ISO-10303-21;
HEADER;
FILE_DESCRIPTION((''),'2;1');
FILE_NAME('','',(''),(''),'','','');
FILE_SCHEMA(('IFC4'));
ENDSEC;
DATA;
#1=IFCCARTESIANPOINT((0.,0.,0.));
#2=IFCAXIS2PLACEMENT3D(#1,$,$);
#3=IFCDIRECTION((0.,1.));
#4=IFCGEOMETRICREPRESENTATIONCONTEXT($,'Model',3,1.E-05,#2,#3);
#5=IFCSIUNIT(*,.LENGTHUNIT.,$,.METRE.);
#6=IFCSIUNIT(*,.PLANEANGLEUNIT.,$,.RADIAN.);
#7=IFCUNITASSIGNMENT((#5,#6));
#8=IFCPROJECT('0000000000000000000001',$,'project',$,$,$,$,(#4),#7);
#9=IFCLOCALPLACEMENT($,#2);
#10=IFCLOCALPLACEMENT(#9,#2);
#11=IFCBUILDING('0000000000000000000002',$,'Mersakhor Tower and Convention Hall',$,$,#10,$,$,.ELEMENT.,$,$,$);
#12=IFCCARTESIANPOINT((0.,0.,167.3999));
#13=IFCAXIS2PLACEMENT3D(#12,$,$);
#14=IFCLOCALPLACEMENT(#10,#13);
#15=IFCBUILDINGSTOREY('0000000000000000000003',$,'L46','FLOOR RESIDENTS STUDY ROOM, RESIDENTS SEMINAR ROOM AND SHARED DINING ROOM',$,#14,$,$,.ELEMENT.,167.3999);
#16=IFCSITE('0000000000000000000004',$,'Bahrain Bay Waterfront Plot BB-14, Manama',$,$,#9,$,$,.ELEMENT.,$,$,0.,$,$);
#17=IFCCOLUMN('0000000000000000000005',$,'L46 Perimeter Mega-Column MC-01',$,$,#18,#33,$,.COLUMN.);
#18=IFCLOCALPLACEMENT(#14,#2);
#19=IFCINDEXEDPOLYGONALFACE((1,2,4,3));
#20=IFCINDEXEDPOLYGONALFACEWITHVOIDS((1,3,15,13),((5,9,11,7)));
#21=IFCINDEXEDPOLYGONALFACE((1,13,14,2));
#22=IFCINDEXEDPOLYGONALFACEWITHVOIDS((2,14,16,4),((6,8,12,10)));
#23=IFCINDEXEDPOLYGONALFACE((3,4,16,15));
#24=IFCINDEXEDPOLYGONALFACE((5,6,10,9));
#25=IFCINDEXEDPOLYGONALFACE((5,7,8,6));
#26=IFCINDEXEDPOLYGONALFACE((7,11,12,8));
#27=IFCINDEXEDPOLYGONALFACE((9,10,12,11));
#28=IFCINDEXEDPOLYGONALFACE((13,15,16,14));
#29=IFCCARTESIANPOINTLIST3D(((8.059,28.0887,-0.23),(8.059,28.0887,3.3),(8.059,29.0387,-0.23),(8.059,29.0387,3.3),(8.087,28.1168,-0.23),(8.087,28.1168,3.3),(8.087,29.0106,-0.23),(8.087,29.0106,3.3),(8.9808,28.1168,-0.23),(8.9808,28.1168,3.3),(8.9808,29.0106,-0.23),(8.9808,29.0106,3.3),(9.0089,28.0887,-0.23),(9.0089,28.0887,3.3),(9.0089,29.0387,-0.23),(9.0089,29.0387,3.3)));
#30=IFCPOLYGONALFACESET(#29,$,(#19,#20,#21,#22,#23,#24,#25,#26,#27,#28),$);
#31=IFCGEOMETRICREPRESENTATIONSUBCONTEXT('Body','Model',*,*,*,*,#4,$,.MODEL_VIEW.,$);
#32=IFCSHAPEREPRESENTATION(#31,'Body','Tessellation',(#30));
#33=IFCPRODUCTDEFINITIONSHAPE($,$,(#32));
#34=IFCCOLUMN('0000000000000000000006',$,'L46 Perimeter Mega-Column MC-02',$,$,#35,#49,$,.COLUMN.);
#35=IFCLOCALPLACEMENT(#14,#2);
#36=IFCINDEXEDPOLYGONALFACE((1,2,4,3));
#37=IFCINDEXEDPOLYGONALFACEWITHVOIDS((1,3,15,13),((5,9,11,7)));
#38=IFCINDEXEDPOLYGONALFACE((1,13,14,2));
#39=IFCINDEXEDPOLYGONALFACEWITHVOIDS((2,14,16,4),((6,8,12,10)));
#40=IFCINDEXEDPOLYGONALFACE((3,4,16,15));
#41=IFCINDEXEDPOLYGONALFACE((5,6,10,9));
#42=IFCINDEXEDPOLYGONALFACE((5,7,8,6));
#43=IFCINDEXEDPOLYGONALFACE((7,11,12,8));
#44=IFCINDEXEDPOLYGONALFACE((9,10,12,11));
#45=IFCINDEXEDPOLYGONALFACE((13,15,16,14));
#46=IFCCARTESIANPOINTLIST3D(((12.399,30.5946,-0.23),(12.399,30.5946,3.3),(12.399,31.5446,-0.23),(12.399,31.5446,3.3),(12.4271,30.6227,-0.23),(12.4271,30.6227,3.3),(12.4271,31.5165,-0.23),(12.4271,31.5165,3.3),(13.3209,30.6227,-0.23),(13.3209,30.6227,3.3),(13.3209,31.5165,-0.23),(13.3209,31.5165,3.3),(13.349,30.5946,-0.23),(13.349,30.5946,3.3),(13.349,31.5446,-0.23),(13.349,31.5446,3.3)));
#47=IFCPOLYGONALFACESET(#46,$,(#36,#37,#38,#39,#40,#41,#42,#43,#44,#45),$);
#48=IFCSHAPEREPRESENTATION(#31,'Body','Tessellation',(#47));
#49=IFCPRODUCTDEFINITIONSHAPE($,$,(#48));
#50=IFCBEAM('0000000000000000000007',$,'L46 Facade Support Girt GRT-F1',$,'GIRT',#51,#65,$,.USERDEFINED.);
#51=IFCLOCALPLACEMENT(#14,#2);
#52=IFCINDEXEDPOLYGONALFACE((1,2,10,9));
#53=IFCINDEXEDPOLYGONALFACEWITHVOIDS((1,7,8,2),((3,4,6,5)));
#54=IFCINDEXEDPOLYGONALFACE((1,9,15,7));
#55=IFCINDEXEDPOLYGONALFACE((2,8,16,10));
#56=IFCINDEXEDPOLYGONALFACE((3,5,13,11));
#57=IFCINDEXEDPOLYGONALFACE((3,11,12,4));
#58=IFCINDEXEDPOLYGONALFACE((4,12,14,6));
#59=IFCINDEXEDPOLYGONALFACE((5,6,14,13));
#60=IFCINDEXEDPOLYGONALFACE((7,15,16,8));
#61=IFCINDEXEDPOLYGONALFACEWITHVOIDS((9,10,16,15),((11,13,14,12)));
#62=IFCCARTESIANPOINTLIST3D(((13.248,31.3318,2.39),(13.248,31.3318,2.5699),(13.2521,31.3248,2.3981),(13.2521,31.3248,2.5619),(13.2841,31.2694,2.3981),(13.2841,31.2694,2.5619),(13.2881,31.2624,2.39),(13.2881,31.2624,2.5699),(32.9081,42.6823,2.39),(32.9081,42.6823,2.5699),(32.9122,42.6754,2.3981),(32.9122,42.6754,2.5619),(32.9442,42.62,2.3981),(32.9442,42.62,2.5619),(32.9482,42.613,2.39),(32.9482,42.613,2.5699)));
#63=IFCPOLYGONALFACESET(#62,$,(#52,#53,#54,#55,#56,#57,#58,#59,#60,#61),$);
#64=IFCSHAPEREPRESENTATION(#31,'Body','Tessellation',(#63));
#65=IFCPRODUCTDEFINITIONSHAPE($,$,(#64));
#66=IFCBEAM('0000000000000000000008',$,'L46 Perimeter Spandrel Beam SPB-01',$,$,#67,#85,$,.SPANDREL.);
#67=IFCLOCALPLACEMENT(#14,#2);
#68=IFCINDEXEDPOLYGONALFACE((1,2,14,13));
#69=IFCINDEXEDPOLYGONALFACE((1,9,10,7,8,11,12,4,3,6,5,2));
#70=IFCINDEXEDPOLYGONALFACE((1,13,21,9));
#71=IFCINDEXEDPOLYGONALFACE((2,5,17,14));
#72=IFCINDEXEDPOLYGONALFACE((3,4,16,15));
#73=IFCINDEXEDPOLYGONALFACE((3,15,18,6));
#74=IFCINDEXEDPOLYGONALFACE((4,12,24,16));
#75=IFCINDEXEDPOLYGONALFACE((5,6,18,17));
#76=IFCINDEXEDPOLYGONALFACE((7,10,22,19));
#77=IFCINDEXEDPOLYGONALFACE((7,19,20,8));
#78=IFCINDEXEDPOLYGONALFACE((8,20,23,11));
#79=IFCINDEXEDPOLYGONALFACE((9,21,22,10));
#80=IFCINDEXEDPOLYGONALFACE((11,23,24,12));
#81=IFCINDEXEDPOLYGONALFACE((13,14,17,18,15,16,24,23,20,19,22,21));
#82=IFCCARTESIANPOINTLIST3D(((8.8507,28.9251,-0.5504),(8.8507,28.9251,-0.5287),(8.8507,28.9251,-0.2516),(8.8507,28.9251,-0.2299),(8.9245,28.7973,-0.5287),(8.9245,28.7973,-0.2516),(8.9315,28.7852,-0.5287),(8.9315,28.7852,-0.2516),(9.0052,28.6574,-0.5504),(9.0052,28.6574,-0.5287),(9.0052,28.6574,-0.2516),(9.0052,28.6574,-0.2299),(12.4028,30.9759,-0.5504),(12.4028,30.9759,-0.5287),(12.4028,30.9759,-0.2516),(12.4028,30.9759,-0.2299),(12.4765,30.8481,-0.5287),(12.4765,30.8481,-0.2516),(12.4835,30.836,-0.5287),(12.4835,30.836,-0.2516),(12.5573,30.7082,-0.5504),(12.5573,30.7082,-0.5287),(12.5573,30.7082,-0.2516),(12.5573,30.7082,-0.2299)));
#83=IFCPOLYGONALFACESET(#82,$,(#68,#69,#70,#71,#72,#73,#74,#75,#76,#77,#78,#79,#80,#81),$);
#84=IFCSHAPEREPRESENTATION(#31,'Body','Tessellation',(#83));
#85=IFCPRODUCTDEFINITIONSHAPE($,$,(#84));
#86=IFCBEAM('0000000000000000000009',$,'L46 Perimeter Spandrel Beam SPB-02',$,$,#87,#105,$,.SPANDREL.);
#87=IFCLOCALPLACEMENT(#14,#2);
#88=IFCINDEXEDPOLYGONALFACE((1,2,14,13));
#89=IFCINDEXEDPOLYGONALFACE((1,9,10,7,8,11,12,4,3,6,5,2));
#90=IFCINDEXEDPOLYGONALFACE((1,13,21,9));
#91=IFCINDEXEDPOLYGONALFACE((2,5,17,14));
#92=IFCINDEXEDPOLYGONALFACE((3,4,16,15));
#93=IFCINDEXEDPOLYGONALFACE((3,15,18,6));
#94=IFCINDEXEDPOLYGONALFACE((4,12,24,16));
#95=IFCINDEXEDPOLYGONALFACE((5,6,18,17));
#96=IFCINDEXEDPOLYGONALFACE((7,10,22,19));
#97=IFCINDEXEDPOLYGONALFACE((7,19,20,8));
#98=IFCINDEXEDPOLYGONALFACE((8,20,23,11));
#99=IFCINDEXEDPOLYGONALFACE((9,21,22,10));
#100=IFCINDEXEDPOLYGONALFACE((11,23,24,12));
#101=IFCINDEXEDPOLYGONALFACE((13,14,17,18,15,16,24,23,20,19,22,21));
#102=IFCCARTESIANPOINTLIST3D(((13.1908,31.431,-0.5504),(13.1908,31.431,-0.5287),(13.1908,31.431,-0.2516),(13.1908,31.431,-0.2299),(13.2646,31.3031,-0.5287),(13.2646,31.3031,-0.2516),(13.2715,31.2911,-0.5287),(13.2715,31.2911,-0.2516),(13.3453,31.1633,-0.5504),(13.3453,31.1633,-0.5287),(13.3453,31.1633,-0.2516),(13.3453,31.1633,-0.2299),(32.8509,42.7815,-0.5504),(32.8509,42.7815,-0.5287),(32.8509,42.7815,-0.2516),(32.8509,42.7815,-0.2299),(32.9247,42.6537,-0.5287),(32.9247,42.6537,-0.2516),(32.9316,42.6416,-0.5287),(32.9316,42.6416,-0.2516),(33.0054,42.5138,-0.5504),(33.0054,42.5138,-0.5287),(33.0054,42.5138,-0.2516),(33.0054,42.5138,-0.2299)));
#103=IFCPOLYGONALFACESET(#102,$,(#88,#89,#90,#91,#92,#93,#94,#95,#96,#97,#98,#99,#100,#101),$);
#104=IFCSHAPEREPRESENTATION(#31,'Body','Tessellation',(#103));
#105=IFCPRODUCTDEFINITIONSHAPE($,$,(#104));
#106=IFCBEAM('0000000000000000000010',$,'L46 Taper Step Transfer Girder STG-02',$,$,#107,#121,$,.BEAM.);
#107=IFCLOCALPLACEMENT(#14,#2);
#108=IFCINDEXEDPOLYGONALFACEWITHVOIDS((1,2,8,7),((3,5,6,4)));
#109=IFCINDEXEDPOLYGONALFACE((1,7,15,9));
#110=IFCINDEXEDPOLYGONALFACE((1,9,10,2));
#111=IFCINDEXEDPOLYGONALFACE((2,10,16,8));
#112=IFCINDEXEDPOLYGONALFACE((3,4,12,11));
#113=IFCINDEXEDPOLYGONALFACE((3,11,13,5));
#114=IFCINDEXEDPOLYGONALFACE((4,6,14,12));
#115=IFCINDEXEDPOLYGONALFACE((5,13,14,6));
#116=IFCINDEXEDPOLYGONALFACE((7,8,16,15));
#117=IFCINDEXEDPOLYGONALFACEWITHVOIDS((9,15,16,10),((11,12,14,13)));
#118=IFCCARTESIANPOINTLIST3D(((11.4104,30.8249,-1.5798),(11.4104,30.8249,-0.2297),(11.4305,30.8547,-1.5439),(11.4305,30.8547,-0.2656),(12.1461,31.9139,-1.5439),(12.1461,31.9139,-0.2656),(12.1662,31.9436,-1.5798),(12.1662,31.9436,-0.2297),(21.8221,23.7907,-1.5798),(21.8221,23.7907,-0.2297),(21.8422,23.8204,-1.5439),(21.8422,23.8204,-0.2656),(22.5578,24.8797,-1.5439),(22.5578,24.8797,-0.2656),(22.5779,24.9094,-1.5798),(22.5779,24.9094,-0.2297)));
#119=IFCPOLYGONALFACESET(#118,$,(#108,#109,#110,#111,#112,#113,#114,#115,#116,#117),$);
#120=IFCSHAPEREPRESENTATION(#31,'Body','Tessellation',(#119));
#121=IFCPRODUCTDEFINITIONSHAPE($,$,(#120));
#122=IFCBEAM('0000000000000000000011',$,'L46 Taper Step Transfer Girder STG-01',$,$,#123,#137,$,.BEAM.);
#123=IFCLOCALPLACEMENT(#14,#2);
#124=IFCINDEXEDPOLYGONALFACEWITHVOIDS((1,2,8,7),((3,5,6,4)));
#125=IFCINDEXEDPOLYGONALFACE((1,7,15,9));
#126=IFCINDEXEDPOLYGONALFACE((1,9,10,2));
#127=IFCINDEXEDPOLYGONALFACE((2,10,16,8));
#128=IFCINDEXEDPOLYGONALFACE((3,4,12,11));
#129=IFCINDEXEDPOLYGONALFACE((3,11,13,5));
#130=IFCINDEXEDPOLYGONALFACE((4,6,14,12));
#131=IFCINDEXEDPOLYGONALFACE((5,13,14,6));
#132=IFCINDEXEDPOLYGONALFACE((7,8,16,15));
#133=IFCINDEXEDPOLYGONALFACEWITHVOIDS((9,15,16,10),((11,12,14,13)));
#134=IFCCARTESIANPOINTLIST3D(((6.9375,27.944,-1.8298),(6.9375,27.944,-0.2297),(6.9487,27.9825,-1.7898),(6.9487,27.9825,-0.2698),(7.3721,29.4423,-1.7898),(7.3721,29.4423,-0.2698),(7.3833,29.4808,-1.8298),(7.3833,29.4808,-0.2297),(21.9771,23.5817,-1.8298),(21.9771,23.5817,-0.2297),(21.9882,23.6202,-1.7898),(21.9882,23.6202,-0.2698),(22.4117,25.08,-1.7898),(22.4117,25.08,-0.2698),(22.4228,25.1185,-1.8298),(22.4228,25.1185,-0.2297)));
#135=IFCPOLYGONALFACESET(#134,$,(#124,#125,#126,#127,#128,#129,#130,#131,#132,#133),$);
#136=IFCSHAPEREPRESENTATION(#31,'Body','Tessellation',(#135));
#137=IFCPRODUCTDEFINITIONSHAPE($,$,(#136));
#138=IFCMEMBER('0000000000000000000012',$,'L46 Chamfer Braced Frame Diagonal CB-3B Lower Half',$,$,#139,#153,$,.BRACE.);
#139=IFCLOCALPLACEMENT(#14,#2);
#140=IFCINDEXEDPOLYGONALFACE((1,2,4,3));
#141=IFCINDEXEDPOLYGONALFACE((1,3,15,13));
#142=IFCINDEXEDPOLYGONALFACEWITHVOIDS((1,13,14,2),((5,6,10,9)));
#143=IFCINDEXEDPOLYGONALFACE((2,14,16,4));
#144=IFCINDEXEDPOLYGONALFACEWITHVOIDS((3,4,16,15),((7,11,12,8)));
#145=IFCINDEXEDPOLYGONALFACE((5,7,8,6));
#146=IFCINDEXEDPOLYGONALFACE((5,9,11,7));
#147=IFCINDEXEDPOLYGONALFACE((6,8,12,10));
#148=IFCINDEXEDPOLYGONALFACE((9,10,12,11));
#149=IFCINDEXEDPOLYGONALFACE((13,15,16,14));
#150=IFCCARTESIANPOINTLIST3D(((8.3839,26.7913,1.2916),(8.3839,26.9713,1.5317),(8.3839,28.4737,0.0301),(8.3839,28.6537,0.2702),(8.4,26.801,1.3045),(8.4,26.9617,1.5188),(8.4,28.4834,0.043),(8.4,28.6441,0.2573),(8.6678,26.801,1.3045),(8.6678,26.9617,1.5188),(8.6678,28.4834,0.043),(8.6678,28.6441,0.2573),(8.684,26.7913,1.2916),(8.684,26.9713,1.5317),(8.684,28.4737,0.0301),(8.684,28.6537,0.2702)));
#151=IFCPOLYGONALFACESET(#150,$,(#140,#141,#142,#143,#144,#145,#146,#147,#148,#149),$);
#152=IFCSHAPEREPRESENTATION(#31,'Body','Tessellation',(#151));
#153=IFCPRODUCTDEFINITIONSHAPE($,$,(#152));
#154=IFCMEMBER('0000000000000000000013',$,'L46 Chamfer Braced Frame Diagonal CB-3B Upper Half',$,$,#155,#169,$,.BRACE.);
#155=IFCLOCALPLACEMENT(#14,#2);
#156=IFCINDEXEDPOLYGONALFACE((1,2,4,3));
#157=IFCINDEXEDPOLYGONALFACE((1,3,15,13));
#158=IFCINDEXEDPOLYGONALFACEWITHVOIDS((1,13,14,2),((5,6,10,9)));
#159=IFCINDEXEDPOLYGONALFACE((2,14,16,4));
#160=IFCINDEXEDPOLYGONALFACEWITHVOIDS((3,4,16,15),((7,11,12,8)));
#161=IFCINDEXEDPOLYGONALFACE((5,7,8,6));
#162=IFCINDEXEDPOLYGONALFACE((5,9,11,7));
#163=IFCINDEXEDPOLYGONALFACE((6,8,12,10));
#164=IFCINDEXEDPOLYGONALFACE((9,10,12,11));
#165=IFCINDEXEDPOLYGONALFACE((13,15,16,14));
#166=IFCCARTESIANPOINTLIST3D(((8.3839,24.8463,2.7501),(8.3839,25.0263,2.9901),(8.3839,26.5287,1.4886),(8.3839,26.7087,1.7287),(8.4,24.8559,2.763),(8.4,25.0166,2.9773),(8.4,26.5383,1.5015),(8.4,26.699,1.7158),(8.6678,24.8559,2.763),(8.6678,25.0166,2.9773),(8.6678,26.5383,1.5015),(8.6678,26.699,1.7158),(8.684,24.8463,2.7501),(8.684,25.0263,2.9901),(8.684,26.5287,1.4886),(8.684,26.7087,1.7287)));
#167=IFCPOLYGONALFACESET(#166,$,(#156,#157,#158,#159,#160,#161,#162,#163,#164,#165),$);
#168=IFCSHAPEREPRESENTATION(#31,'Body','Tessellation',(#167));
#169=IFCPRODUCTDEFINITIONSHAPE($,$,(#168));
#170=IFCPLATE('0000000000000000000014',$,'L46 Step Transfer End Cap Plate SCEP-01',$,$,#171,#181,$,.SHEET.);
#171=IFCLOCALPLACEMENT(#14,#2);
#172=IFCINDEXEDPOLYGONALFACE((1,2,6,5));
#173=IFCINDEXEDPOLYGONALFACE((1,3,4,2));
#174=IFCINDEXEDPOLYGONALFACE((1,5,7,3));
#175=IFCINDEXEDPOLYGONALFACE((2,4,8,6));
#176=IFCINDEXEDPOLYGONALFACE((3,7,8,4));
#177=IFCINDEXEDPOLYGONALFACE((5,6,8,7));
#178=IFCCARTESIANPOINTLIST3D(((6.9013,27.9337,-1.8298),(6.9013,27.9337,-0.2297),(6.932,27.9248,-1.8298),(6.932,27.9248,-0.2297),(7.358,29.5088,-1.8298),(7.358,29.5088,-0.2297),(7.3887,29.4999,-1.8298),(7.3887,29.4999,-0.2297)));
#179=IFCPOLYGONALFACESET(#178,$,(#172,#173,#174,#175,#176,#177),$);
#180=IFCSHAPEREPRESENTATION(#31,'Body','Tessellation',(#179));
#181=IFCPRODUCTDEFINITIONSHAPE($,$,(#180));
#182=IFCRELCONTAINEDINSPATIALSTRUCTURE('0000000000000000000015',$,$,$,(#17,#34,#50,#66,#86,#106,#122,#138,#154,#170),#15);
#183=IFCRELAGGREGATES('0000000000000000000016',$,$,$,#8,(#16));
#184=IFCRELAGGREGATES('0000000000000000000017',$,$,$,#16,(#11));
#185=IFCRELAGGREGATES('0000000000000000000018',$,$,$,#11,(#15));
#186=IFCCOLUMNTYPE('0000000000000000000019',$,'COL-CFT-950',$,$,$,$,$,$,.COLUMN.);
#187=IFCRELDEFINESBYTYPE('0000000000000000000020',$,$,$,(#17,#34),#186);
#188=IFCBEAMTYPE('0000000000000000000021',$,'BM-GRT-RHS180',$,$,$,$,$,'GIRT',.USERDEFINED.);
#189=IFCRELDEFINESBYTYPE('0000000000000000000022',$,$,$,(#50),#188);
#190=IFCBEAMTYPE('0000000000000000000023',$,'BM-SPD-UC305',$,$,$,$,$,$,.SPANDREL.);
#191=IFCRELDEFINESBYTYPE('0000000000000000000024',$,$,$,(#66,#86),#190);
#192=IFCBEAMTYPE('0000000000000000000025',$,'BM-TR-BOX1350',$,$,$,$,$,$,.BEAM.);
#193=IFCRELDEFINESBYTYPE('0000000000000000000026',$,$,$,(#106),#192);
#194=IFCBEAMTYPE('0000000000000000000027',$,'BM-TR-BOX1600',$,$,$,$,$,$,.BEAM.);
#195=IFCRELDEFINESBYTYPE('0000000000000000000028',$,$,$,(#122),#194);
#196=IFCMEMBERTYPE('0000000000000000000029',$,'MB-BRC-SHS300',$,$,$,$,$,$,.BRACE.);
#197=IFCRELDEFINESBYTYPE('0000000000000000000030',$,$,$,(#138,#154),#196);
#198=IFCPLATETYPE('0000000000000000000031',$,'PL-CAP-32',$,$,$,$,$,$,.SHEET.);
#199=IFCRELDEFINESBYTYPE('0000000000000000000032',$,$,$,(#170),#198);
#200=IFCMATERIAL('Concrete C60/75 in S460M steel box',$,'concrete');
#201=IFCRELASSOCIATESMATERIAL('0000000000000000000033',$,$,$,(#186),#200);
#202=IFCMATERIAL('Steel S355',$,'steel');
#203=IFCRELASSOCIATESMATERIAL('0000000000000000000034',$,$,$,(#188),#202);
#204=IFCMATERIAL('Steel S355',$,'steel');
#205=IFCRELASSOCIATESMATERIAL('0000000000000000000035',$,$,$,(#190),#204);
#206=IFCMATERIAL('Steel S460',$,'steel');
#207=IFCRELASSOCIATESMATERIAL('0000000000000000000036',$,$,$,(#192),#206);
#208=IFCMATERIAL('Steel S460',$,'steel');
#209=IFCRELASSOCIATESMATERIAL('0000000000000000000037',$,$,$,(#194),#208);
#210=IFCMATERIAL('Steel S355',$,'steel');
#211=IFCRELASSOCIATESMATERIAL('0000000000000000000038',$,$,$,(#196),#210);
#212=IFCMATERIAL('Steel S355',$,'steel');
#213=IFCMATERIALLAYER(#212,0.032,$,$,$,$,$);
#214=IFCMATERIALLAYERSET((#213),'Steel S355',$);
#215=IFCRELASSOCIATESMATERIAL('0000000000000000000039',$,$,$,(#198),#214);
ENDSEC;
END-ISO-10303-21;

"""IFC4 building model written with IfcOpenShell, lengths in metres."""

from ifc_helpers import new_model, si_unit, direction, frame, origin, origin_2d, place, context, subcontext, project, spatial, rectangle, hollow_rectangle, i_section, extrude, material, layer, layer_set, material_profile, profile_set, type_object, element, save


model = new_model("IFC4")

# Units and contexts
model_context = context("Model", 3, precision=1e-05, world=origin(), true_north=direction((0.0, 1.0)))
body_context = subcontext(model_context, "Body", "Model", "MODEL_VIEW")
ifc_project = project(units=[si_unit("LENGTHUNIT", "METRE"), si_unit("PLANEANGLEUNIT", "RADIAN")], contexts=[model_context])

# Site, building, storey
site_placement = place(None, origin())
site = spatial("IfcSite", under=ifc_project, at=site_placement, Name="Bahrain Bay Waterfront Plot BB-14, Manama", CompositionType="ELEMENT", RefElevation=0.0)
building_placement = place(site_placement, origin())
building = spatial("IfcBuilding", under=site, at=building_placement, Name="Mersakhor Tower and Convention Hall", CompositionType="ELEMENT")
storey_placement = place(building_placement, frame((0.0, 0.0, 167.3999)))
storey = spatial("IfcBuildingStorey", under=building, at=storey_placement, Name="L46", Description="FLOOR RESIDENTS STUDY ROOM, RESIDENTS SEMINAR ROOM AND SHARED DINING ROOM", CompositionType="ELEMENT", Elevation=167.3999)

# Columns
ifc_material_1 = material(Name="Concrete C60/75 in S460M steel box", Category="concrete")
ifc_material_profile_1 = material_profile(ifc_material_1, hollow_rectangle(XDim=0.95, YDim=0.95, WallThickness=0.0281, at=origin_2d()), Name="SHS 950x950x28")
ifc_profile_set_1 = profile_set([ifc_material_profile_1], Name="Concrete C60/75 in S460M steel box")
column_type = type_object("IfcColumnType", Name="COL-CFT-950", PredefinedType="COLUMN", material=ifc_profile_set_1)
for number, where, z_axis, x_axis, name in (
    (1, (8.5339, 28.5637, -0.23), (0.0, 0.0, 1.0), (1.0, 0.0, 0.0), "L46 Perimeter Mega-Column MC-01"),
    (2, (12.874, 31.0696, -0.23), (0.0, 0.0, 1.0), (1.0, 0.0, 0.0), "L46 Perimeter Mega-Column MC-02"),
):
    element("IfcColumn", number, at=place(storey_placement, frame(where, z_axis=z_axis, x_axis=x_axis)), inside=storey, type_object=column_type, Name=name, PredefinedType="COLUMN", context=body_context, shape_type="SweptSolid", body=[
        extrude(hollow_rectangle(XDim=0.95, YDim=0.95, WallThickness=0.0281, at=origin_2d()), origin(), (0.0, 0.0, 1.0), 3.53),
    ])

# Beams
ifc_material_2 = material(Name="Steel S355", Category="steel")
ifc_material_profile_2 = material_profile(ifc_material_2, hollow_rectangle(XDim=0.0801, YDim=0.1799, WallThickness=0.0081, at=origin_2d()), Name="RHS 180x80x8")
ifc_profile_set_2 = profile_set([ifc_material_profile_2], Name="Steel S355")
beam_type_1 = type_object("IfcBeamType", Name="BM-GRT-RHS180", ElementType="GIRT", PredefinedType="USERDEFINED", material=ifc_profile_set_2)
beam_1_placement = place(storey_placement, frame((13.2681, 31.2971, 2.48), z_axis=(0.866029, 0.499993, 0.0), x_axis=(-0.499993, 0.866029, 0.0)))
element("IfcBeam", 3, at=beam_1_placement, inside=storey, type_object=beam_type_1, Name="L46 Facade Support Girt GRT-F1", ObjectType="GIRT", PredefinedType="USERDEFINED", context=body_context, shape_type="SweptSolid", body=[
    extrude(hollow_rectangle(XDim=0.0801, YDim=0.1799, WallThickness=0.0081, at=origin_2d()), origin(), (0.0, 0.0, 1.0), 22.7014),
])
ifc_material_3 = material(Name="Steel S355", Category="steel")
ifc_material_profile_3 = material_profile(ifc_material_3, i_section(OverallWidth=0.3091, OverallDepth=0.3206, WebThickness=0.0139, FlangeThickness=0.0217, at=origin_2d()), Name="UC 305x305x137")
ifc_profile_set_3 = profile_set([ifc_material_profile_3], Name="Steel S355")
beam_type_2 = type_object("IfcBeamType", Name="BM-SPD-UC305", PredefinedType="SPANDREL", material=ifc_profile_set_3)
beam_2_placement = place(storey_placement, frame((8.928, 28.7913, -0.3901), z_axis=(0.866022, 0.500006, 0.0), x_axis=(-0.500006, 0.866022, 0.0)))
element("IfcBeam", 4, at=beam_2_placement, inside=storey, type_object=beam_type_2, Name="L46 Perimeter Spandrel Beam SPB-01", PredefinedType="SPANDREL", context=body_context, shape_type="SweptSolid", body=[
    extrude(i_section(OverallWidth=0.3091, OverallDepth=0.3206, WebThickness=0.0139, FlangeThickness=0.0217, at=origin_2d()), origin(), (0.0, 0.0, 1.0), 4.1016),
])
beam_3_placement = place(storey_placement, frame((13.2681, 31.2971, -0.3901), z_axis=(0.866029, 0.499993, 0.0), x_axis=(-0.499993, 0.866029, 0.0)))
element("IfcBeam", 5, at=beam_3_placement, inside=storey, type_object=beam_type_2, Name="L46 Perimeter Spandrel Beam SPB-02", PredefinedType="SPANDREL", context=body_context, shape_type="SweptSolid", body=[
    extrude(i_section(OverallWidth=0.3091, OverallDepth=0.3206, WebThickness=0.0139, FlangeThickness=0.0217, at=origin_2d()), origin(), (0.0, 0.0, 1.0), 22.7014),
])
ifc_material_4 = material(Name="Steel S460", Category="steel")
ifc_material_profile_4 = material_profile(ifc_material_4, hollow_rectangle(XDim=1.3501, YDim=1.3501, WallThickness=0.0359, at=origin_2d()), Name="SHS 1350x1350x36")
ifc_profile_set_4 = profile_set([ifc_material_profile_4], Name="Steel S460")
beam_type_3 = type_object("IfcBeamType", Name="BM-TR-BOX1350", PredefinedType="BEAM", material=ifc_profile_set_4)
beam_4_placement = place(storey_placement, frame((11.7883, 31.3843, -0.9048), z_axis=(0.828615, -0.559819, 0.0), x_axis=(0.559819, 0.828615, 0.0)))
element("IfcBeam", 6, at=beam_4_placement, inside=storey, type_object=beam_type_3, Name="L46 Taper Step Transfer Girder STG-02", PredefinedType="BEAM", context=body_context, shape_type="SweptSolid", body=[
    extrude(hollow_rectangle(XDim=1.3501, YDim=1.3501, WallThickness=0.0359, at=origin_2d()), origin(), (0.0, 0.0, 1.0), 12.5652),
])
ifc_material_5 = material(Name="Steel S460", Category="steel")
ifc_material_profile_5 = material_profile(ifc_material_5, hollow_rectangle(XDim=1.6001, YDim=1.6001, WallThickness=0.04, at=origin_2d()), Name="SHS 1600x1600x40")
ifc_profile_set_5 = profile_set([ifc_material_profile_5], Name="Steel S460")
beam_type_4 = type_object("IfcBeamType", Name="BM-TR-BOX1600", PredefinedType="BEAM", material=ifc_profile_set_5)
beam_5_placement = place(storey_placement, frame((7.1604, 28.7124, -1.0298), z_axis=(0.960415, -0.278574, 0.0), x_axis=(0.278574, 0.960415, 0.0)))
element("IfcBeam", 7, at=beam_5_placement, inside=storey, type_object=beam_type_4, Name="L46 Taper Step Transfer Girder STG-01", PredefinedType="BEAM", context=body_context, shape_type="SweptSolid", body=[
    extrude(hollow_rectangle(XDim=1.6001, YDim=1.6001, WallThickness=0.04, at=origin_2d()), origin(), (0.0, 0.0, 1.0), 15.6594),
])

# Members
ifc_material_6 = material(Name="Steel S355", Category="steel")
ifc_material_profile_6 = material_profile(ifc_material_6, hollow_rectangle(XDim=0.3, YDim=0.3, WallThickness=0.0161, at=origin_2d()), Name="SHS 300x300x16")
ifc_profile_set_6 = profile_set([ifc_material_profile_6], Name="Steel S355")
member_type = type_object("IfcMemberType", Name="MB-BRC-SHS300", PredefinedType="BRACE", material=ifc_profile_set_6)
for number, where, z_axis, x_axis, name in (
    (8, (8.5339, 28.5637, 0.1501), (0.0, -0.80007, 0.599907), (1.0, 0.0, 0.0), "L46 Chamfer Braced Frame Diagonal CB-3B Lower Half"),
    (9, (8.5339, 26.6187, 1.6086), (0.0, -0.80007, 0.599907), (1.0, 0.0, 0.0), "L46 Chamfer Braced Frame Diagonal CB-3B Upper Half"),
):
    element("IfcMember", number, at=place(storey_placement, frame(where, z_axis=z_axis, x_axis=x_axis)), inside=storey, type_object=member_type, Name=name, PredefinedType="BRACE", context=body_context, shape_type="SweptSolid", body=[
        extrude(hollow_rectangle(XDim=0.3, YDim=0.3, WallThickness=0.0161, at=origin_2d()), origin(), (0.0, 0.0, 1.0), 2.1028),
    ])

# Plate
ifc_material_7 = material(Name="Steel S355", Category="steel")
ifc_layer_1 = layer(ifc_material_7, 0.032)
ifc_layer_set_1 = layer_set([ifc_layer_1], Name="Steel S355")
plate_type_1 = type_object("IfcPlateType", Name="PL-CAP-32", PredefinedType="SHEET", material=ifc_layer_set_1)
plate_1_placement = place(storey_placement, frame((7.145, 28.7168, -1.8298), z_axis=(0.0, 0.0, 1.0), x_axis=(0.96044, -0.278488, 0.0)))
element("IfcPlate", 10, at=plate_1_placement, inside=storey, type_object=plate_type_1, Name="L46 Step Transfer End Cap Plate SCEP-01", PredefinedType="SHEET", context=body_context, shape_type="SweptSolid", body=[
    extrude(rectangle(XDim=0.032, YDim=1.6399, at=origin_2d()), origin(), (0.0, 0.0, 1.0), 1.6001),
])

save(model, "model.ifc")
